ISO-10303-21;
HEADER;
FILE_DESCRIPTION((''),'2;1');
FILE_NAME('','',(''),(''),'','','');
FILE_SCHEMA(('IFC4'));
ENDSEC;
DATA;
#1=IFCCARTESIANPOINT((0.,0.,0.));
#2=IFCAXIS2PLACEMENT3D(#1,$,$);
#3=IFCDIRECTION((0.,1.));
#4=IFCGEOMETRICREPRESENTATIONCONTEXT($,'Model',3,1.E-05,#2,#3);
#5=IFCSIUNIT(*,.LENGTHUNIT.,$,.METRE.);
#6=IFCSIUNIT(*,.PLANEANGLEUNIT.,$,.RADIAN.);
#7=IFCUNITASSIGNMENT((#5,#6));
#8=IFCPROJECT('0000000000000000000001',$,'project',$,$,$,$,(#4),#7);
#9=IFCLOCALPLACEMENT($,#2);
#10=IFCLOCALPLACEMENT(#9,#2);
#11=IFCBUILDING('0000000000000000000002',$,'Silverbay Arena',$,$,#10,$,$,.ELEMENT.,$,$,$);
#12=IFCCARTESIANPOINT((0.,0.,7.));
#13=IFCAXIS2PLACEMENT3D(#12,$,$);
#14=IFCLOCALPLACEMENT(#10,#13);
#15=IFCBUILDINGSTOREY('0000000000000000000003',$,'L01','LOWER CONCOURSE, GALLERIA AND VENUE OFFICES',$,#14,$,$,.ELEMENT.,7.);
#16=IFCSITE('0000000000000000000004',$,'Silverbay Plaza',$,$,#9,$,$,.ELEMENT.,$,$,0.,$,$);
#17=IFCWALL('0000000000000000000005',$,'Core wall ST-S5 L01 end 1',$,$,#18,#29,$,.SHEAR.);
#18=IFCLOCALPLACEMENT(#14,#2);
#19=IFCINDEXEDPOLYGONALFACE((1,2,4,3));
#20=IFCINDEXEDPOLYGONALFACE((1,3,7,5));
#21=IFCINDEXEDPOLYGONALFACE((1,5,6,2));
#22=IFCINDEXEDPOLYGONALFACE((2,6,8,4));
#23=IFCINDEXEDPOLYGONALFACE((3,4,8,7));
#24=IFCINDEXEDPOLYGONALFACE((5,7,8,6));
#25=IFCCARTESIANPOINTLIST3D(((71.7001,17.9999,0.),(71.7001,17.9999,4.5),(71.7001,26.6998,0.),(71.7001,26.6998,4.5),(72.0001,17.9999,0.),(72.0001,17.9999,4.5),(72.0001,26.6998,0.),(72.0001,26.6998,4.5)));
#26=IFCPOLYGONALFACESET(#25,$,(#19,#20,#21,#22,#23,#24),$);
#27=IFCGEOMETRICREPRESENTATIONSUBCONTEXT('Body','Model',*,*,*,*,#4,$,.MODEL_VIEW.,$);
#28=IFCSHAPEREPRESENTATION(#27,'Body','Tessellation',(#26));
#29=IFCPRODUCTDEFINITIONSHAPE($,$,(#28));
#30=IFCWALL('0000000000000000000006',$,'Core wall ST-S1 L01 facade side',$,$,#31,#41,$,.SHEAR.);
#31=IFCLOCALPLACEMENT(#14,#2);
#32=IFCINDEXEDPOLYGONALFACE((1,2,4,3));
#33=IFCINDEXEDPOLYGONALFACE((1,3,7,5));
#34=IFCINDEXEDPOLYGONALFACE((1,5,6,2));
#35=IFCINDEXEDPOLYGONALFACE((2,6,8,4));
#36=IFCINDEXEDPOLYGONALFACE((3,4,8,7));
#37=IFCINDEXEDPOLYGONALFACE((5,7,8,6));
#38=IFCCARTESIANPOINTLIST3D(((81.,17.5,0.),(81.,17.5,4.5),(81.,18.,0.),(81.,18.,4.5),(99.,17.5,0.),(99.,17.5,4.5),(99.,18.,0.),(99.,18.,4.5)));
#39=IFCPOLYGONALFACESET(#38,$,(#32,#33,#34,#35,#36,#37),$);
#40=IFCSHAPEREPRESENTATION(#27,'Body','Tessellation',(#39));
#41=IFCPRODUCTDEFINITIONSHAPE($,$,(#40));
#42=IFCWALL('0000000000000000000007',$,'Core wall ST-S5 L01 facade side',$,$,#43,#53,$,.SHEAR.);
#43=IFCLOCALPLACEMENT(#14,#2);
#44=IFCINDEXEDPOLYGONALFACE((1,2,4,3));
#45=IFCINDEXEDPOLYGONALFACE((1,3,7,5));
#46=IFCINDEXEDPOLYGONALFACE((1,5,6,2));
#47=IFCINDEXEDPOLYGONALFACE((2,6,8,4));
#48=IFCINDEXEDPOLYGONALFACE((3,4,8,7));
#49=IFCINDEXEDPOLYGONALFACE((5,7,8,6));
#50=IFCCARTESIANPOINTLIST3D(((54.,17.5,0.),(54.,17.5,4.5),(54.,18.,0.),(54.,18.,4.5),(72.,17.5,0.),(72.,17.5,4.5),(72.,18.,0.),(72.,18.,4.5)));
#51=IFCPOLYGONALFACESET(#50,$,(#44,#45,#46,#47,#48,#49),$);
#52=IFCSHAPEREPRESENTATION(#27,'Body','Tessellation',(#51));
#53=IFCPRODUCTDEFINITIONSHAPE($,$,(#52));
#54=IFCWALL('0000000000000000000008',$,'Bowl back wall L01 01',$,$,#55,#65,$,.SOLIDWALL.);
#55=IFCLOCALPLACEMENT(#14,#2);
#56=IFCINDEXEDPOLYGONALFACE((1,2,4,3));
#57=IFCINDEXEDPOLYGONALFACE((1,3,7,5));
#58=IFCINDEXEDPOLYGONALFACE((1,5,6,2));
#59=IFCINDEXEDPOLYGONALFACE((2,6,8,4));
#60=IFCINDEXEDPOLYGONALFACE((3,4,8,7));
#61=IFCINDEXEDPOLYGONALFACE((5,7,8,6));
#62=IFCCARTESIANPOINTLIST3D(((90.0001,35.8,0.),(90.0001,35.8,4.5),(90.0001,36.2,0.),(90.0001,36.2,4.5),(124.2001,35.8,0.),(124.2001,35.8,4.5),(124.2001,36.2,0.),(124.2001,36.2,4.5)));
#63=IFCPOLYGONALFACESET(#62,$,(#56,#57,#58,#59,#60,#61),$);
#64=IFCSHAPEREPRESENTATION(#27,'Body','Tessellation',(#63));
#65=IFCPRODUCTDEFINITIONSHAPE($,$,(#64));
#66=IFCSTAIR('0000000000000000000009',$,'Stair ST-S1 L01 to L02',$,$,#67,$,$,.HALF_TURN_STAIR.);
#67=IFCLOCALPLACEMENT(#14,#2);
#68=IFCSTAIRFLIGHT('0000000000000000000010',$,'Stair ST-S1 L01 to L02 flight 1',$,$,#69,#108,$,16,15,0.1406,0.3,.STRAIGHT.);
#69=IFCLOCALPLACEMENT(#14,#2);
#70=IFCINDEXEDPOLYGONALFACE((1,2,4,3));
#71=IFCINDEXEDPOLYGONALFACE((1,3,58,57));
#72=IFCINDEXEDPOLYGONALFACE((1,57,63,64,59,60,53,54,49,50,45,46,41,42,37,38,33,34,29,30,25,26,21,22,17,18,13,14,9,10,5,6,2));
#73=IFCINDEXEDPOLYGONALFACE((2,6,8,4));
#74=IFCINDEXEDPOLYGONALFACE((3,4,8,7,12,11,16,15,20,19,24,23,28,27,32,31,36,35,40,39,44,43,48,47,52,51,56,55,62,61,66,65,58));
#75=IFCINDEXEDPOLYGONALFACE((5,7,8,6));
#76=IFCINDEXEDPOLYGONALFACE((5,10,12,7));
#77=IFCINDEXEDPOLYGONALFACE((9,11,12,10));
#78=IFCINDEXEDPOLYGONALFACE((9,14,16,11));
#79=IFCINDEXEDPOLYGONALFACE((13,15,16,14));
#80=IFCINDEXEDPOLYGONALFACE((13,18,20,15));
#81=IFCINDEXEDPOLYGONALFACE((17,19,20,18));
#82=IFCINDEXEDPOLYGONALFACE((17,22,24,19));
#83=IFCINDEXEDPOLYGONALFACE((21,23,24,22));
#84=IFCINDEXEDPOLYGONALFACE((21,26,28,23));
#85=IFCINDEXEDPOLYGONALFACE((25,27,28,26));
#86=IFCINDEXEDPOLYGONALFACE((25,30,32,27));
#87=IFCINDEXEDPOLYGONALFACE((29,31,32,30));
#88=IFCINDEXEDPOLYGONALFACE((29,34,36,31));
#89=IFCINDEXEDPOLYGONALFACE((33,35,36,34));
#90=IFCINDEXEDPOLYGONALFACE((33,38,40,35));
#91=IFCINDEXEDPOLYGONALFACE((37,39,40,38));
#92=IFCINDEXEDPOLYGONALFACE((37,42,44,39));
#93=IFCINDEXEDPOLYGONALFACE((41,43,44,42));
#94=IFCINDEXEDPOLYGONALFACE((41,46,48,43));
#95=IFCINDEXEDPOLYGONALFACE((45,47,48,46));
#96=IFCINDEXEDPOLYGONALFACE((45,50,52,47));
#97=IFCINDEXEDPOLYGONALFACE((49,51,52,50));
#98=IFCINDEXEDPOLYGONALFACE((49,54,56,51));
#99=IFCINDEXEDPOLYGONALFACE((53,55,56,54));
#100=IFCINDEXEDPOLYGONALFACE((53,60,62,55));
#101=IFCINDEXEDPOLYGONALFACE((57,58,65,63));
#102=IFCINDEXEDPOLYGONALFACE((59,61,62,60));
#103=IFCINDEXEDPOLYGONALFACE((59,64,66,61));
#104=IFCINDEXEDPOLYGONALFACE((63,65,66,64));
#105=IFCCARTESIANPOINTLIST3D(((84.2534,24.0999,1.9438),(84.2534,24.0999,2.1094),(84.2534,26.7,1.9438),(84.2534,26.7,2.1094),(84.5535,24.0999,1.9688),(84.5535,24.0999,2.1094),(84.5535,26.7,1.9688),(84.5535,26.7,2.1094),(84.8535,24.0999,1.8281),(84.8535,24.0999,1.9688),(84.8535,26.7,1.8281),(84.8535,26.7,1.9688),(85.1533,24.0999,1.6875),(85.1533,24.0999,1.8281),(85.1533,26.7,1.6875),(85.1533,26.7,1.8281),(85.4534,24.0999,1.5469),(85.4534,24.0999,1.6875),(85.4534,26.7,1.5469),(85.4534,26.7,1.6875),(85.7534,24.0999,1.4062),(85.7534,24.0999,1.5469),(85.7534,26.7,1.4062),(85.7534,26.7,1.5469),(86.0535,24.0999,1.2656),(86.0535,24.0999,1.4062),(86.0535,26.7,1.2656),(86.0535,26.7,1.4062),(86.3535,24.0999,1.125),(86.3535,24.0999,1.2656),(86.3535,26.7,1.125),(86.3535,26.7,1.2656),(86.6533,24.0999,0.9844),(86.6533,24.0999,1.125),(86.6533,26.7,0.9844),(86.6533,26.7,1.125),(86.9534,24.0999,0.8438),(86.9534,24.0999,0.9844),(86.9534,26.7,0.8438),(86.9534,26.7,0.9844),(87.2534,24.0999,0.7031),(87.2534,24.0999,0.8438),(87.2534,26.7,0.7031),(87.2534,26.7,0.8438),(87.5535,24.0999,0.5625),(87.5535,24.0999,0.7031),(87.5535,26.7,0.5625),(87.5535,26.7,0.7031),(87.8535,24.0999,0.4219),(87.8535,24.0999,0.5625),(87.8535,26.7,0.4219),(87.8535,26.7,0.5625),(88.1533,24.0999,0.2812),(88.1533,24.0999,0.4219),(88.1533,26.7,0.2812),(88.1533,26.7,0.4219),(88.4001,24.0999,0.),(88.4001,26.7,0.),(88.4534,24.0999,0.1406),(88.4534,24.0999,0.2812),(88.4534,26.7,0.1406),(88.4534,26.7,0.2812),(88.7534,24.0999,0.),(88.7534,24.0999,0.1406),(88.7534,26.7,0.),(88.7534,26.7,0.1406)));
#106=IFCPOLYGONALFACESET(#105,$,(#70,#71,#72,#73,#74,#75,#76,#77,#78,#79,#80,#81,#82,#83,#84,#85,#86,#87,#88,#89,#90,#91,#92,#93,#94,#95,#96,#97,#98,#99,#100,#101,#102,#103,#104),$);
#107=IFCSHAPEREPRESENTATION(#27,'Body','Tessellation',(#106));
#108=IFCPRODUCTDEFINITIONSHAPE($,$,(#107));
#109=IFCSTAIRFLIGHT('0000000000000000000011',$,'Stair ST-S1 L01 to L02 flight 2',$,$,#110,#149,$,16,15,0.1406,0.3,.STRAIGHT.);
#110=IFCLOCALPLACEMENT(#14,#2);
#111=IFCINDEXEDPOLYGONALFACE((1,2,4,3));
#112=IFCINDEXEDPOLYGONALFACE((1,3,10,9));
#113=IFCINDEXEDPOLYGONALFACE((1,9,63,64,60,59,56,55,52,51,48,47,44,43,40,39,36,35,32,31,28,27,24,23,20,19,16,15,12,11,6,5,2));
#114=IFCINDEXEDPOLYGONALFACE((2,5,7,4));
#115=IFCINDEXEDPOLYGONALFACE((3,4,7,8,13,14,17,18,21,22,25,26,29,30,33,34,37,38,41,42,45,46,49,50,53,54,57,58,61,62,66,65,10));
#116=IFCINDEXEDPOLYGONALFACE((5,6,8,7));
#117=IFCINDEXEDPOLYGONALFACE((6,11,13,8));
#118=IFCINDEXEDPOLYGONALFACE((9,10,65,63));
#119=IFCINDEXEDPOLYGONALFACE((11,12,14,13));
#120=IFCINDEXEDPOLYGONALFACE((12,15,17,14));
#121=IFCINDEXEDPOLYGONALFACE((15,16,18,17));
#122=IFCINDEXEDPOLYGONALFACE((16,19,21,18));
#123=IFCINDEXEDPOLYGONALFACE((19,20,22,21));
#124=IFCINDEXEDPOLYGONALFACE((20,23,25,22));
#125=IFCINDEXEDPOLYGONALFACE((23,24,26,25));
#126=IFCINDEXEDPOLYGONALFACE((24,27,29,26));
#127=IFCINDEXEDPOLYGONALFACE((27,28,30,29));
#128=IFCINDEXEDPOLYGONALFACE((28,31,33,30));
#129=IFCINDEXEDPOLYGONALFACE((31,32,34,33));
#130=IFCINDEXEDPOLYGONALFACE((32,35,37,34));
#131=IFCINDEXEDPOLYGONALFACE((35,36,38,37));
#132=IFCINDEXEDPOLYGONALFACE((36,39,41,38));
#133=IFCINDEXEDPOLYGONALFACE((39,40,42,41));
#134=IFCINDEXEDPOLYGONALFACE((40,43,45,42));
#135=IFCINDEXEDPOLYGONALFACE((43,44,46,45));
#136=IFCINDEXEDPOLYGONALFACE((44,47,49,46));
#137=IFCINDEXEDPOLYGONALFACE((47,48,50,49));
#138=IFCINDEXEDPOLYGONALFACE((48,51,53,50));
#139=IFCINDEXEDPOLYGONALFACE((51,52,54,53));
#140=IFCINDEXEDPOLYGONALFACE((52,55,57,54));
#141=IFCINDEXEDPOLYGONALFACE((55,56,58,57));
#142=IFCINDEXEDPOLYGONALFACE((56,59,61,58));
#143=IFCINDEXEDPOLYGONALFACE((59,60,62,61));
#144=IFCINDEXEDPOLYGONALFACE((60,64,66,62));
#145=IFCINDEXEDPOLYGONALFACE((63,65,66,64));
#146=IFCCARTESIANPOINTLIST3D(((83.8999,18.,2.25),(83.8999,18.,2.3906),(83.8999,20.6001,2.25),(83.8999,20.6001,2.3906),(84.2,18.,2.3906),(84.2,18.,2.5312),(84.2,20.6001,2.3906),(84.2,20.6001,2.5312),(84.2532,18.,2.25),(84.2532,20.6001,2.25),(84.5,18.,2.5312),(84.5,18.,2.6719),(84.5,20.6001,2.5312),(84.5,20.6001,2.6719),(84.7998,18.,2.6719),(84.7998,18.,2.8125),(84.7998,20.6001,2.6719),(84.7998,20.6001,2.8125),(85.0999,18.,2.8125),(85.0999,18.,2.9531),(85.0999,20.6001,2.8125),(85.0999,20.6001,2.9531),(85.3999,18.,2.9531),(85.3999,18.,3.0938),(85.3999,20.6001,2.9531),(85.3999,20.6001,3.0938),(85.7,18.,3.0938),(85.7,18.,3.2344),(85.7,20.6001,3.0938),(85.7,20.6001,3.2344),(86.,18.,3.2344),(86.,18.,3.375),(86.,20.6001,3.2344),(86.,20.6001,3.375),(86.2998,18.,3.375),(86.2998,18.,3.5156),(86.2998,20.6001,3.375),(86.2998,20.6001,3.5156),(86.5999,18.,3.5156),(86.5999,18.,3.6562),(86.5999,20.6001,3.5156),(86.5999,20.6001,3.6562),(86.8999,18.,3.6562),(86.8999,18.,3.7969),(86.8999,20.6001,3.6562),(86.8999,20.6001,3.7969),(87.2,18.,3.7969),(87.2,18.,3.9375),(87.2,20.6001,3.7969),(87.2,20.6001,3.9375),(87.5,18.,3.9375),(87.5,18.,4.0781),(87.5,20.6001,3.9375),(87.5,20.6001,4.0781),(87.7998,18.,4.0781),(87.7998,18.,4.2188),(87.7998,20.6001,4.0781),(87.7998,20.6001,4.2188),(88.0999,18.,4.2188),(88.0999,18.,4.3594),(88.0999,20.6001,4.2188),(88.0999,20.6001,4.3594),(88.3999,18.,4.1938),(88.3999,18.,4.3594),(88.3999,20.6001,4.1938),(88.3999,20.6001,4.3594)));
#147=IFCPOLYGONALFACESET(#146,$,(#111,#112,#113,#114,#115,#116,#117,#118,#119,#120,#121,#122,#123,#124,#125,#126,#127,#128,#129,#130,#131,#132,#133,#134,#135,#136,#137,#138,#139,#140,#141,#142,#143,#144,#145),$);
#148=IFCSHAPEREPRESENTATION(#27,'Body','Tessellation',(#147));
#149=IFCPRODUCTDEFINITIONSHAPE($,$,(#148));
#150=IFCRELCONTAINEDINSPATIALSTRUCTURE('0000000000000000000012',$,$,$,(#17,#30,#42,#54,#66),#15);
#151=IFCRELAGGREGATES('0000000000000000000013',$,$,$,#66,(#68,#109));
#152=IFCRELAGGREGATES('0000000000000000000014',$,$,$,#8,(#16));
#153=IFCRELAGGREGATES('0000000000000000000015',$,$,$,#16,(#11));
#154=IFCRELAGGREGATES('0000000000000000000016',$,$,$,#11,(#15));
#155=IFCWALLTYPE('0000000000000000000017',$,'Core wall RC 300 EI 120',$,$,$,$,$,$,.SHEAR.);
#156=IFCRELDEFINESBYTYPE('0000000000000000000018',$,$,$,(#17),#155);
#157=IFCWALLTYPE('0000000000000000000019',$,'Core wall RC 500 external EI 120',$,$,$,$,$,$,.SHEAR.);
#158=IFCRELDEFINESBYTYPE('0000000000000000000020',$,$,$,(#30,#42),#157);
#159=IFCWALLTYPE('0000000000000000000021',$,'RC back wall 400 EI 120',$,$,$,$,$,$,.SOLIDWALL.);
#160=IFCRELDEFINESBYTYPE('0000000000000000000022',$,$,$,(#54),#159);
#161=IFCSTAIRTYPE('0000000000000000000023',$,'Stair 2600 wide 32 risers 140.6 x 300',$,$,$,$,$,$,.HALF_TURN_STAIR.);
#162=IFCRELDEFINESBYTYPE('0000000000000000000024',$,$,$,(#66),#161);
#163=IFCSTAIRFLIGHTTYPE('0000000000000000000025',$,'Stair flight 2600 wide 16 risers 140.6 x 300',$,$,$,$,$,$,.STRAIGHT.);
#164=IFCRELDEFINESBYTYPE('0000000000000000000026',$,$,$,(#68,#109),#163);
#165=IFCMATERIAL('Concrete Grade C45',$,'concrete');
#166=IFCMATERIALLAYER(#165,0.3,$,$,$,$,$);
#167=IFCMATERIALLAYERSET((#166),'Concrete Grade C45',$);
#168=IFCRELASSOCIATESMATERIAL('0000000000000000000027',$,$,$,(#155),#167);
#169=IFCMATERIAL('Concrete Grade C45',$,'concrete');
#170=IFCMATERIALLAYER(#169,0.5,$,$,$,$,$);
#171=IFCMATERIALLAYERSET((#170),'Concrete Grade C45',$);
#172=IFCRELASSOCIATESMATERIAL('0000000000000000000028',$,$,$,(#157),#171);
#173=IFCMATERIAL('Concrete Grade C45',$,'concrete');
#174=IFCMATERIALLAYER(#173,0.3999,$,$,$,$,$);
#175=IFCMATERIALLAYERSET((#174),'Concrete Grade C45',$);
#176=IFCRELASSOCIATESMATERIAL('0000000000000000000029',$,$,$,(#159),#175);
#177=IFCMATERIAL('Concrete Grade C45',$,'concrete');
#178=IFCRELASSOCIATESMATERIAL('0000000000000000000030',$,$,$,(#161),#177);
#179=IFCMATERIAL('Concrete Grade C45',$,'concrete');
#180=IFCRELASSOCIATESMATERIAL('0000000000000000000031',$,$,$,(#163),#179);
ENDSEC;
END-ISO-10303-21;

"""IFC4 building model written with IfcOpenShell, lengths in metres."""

from ifc_helpers import new_model, si_unit, direction, frame, frame_2d, origin, place, context, subcontext, project, spatial, polyline, rectangle, outline, extrude, material, layer, layer_set, type_object, element, aggregate, save


model = new_model("IFC4")

# Units and contexts
model_context = context("Model", 3, precision=1e-05, world=origin(), true_north=direction((0.0, 1.0)))
body_context = subcontext(model_context, "Body", "Model", "MODEL_VIEW")
ifc_project = project(units=[si_unit("LENGTHUNIT", "METRE"), si_unit("PLANEANGLEUNIT", "RADIAN")], contexts=[model_context])

# Site, building, storey
site_placement = place(None, origin())
site = spatial("IfcSite", under=ifc_project, at=site_placement, Name="Silverbay Plaza", CompositionType="ELEMENT", RefElevation=0.0)
building_placement = place(site_placement, origin())
building = spatial("IfcBuilding", under=site, at=building_placement, Name="Silverbay Arena", CompositionType="ELEMENT")
storey_placement = place(building_placement, frame((0.0, 0.0, 7.0)))
storey = spatial("IfcBuildingStorey", under=building, at=storey_placement, Name="L01", Description="LOWER CONCOURSE, GALLERIA AND VENUE OFFICES", CompositionType="ELEMENT", Elevation=7.0)

# Shared definitions
ifc_material_1 = material(Name="Concrete Grade C45", Category="concrete")
ifc_layer_1 = layer(ifc_material_1, 0.3)
ifc_layer_set_1 = layer_set([ifc_layer_1], Name="Concrete Grade C45")
wall_type_1 = type_object("IfcWallType", Name="Core wall RC 300 EI 120", PredefinedType="SHEAR", material=ifc_layer_set_1)

# Walls
wall_1_placement = place(storey_placement, frame((71.8501, 26.7, 0.0), z_axis=(0.0, 0.0, 1.0), x_axis=(0.0, -1.0, 0.0)))
element("IfcWall", 1, at=wall_1_placement, inside=storey, type_object=wall_type_1, Name="Core wall ST-S5 L01 end 1", PredefinedType="SHEAR", context=body_context, shape_type="SweptSolid", body=[
    extrude(rectangle(XDim=8.7, YDim=0.3, at=frame_2d((4.3501, 0.0))), origin(), (0.0, 0.0, 1.0), 4.5),
])
ifc_material_2 = material(Name="Concrete Grade C45", Category="concrete")
ifc_layer_2 = layer(ifc_material_2, 0.5)
ifc_layer_set_2 = layer_set([ifc_layer_2], Name="Concrete Grade C45")
wall_type_2 = type_object("IfcWallType", Name="Core wall RC 500 external EI 120", PredefinedType="SHEAR", material=ifc_layer_set_2)
for number, where, z_axis, x_axis, name in (
    (2, (81.0, 17.75, 0.0), (0.0, 0.0, 1.0), (1.0, 0.0, 0.0), "Core wall ST-S1 L01 facade side"),
    (3, (72.0, 17.75, 0.0), (0.0, 0.0, 1.0), (-1.0, 0.0, 0.0), "Core wall ST-S5 L01 facade side"),
):
    element("IfcWall", number, at=place(storey_placement, frame(where, z_axis=z_axis, x_axis=x_axis)), inside=storey, type_object=wall_type_2, Name=name, PredefinedType="SHEAR", context=body_context, shape_type="SweptSolid", body=[
        extrude(rectangle(XDim=18.0, YDim=0.5, at=frame_2d((9.0, 0.0))), origin(), (0.0, 0.0, 1.0), 4.5),
    ])
ifc_material_3 = material(Name="Concrete Grade C45", Category="concrete")
ifc_layer_3 = layer(ifc_material_3, 0.3999)
ifc_layer_set_3 = layer_set([ifc_layer_3], Name="Concrete Grade C45")
wall_type_3 = type_object("IfcWallType", Name="RC back wall 400 EI 120", PredefinedType="SOLIDWALL", material=ifc_layer_set_3)
wall_2_placement = place(storey_placement, frame((90.0, 36.0, 0.0), z_axis=(0.0, 0.0, 1.0), x_axis=(1.0, 0.0, 0.0)))
element("IfcWall", 4, at=wall_2_placement, inside=storey, type_object=wall_type_3, Name="Bowl back wall L01 01", PredefinedType="SOLIDWALL", context=body_context, shape_type="SweptSolid", body=[
    extrude(rectangle(XDim=34.2, YDim=0.3999, at=frame_2d((17.1001, 0.0))), origin(), (0.0, 0.0, 1.0), 4.5),
])

# Stair, stair flights
ifc_material_4 = material(Name="Concrete Grade C45", Category="concrete")
stair_type = type_object("IfcStairType", Name="Stair 2600 wide 32 risers 140.6 x 300", PredefinedType="HALF_TURN_STAIR", material=ifc_material_4)
stair_1_placement = place(storey_placement, origin())
stair_1 = element("IfcStair", 5, at=stair_1_placement, inside=storey, type_object=stair_type, Name="Stair ST-S1 L01 to L02", PredefinedType="HALF_TURN_STAIR")
ifc_material_5 = material(Name="Concrete Grade C45", Category="concrete")
stair_flight_type = type_object("IfcStairFlightType", Name="Stair flight 2600 wide 16 risers 140.6 x 300", PredefinedType="STRAIGHT", material=ifc_material_5)
stair_flight_1_placement = place(storey_placement, frame((88.7534, 25.3999, 0.0), z_axis=(0.0, 0.0, 1.0), x_axis=(-1.0, 0.0, 0.0)))
stair_flight_1 = element("IfcStairFlight", 6, at=stair_flight_1_placement, type_object=stair_flight_type, Name="Stair ST-S1 L01 to L02 flight 1", NumberOfRisers=16, NumberOfTreads=15, PredefinedType="STRAIGHT", RiserHeight=0.1406, TreadLength=0.3, context=body_context, shape_type="SweptSolid", body=[
    extrude(outline(polyline([(0.0, 0.0), (0.0, 0.1406), (0.3, 0.1406), (0.3, 0.2812), (0.6001, 0.2812), (0.6001, 0.4219), (0.8999, 0.4219), (0.8999, 0.5625), (1.2, 0.5625), (1.2, 0.7031), (1.5, 0.7031), (1.5, 0.8438), (1.8, 0.8438), (1.8, 0.9844), (2.1001, 0.9844), (2.1001, 1.125), (2.3999, 1.125), (2.3999, 1.2656), (2.7, 1.2656), (2.7, 1.4062), (3.0, 1.4062), (3.0, 1.5469), (3.3, 1.5469), (3.3, 1.6875), (3.6001, 1.6875), (3.6001, 1.8281), (3.8999, 1.8281), (3.8999, 1.9688), (4.2, 1.9688), (4.2, 2.1094), (4.5, 2.1094), (4.5, 1.9438), (0.3533, 0.0), (0.0, 0.0)])), frame((0.0, 1.3, 0.0), z_axis=(0.0, -1.0, 0.0), x_axis=(1.0, 0.0, 0.0)), (0.0, 0.0, 1.0), 2.6001),
])
stair_flight_2_placement = place(storey_placement, frame((83.8999, 19.3, 2.25), z_axis=(0.0, 0.0, 1.0), x_axis=(1.0, 0.0, 0.0)))
stair_flight_2 = element("IfcStairFlight", 7, at=stair_flight_2_placement, type_object=stair_flight_type, Name="Stair ST-S1 L01 to L02 flight 2", NumberOfRisers=16, NumberOfTreads=15, PredefinedType="STRAIGHT", RiserHeight=0.1406, TreadLength=0.3, context=body_context, shape_type="SweptSolid", body=[
    extrude(outline(polyline([(0.0, 0.0), (0.0, 0.1406), (0.3, 0.1406), (0.3, 0.2812), (0.6001, 0.2812), (0.6001, 0.4219), (0.8999, 0.4219), (0.8999, 0.5625), (1.2, 0.5625), (1.2, 0.7031), (1.5, 0.7031), (1.5, 0.8438), (1.8, 0.8438), (1.8, 0.9844), (2.1001, 0.9844), (2.1001, 1.125), (2.3999, 1.125), (2.3999, 1.2656), (2.7, 1.2656), (2.7, 1.4062), (3.0, 1.4062), (3.0, 1.5469), (3.3, 1.5469), (3.3, 1.6875), (3.6001, 1.6875), (3.6001, 1.8281), (3.8999, 1.8281), (3.8999, 1.9688), (4.2, 1.9688), (4.2, 2.1094), (4.5, 2.1094), (4.5, 1.9438), (0.3533, 0.0), (0.0, 0.0)])), frame((0.0, 1.3, 0.0), z_axis=(0.0, -1.0, 0.0), x_axis=(1.0, 0.0, 0.0)), (0.0, 0.0, 1.0), 2.6001),
])
aggregate(stair_1, [stair_flight_1, stair_flight_2])

save(model, "model.ifc")
